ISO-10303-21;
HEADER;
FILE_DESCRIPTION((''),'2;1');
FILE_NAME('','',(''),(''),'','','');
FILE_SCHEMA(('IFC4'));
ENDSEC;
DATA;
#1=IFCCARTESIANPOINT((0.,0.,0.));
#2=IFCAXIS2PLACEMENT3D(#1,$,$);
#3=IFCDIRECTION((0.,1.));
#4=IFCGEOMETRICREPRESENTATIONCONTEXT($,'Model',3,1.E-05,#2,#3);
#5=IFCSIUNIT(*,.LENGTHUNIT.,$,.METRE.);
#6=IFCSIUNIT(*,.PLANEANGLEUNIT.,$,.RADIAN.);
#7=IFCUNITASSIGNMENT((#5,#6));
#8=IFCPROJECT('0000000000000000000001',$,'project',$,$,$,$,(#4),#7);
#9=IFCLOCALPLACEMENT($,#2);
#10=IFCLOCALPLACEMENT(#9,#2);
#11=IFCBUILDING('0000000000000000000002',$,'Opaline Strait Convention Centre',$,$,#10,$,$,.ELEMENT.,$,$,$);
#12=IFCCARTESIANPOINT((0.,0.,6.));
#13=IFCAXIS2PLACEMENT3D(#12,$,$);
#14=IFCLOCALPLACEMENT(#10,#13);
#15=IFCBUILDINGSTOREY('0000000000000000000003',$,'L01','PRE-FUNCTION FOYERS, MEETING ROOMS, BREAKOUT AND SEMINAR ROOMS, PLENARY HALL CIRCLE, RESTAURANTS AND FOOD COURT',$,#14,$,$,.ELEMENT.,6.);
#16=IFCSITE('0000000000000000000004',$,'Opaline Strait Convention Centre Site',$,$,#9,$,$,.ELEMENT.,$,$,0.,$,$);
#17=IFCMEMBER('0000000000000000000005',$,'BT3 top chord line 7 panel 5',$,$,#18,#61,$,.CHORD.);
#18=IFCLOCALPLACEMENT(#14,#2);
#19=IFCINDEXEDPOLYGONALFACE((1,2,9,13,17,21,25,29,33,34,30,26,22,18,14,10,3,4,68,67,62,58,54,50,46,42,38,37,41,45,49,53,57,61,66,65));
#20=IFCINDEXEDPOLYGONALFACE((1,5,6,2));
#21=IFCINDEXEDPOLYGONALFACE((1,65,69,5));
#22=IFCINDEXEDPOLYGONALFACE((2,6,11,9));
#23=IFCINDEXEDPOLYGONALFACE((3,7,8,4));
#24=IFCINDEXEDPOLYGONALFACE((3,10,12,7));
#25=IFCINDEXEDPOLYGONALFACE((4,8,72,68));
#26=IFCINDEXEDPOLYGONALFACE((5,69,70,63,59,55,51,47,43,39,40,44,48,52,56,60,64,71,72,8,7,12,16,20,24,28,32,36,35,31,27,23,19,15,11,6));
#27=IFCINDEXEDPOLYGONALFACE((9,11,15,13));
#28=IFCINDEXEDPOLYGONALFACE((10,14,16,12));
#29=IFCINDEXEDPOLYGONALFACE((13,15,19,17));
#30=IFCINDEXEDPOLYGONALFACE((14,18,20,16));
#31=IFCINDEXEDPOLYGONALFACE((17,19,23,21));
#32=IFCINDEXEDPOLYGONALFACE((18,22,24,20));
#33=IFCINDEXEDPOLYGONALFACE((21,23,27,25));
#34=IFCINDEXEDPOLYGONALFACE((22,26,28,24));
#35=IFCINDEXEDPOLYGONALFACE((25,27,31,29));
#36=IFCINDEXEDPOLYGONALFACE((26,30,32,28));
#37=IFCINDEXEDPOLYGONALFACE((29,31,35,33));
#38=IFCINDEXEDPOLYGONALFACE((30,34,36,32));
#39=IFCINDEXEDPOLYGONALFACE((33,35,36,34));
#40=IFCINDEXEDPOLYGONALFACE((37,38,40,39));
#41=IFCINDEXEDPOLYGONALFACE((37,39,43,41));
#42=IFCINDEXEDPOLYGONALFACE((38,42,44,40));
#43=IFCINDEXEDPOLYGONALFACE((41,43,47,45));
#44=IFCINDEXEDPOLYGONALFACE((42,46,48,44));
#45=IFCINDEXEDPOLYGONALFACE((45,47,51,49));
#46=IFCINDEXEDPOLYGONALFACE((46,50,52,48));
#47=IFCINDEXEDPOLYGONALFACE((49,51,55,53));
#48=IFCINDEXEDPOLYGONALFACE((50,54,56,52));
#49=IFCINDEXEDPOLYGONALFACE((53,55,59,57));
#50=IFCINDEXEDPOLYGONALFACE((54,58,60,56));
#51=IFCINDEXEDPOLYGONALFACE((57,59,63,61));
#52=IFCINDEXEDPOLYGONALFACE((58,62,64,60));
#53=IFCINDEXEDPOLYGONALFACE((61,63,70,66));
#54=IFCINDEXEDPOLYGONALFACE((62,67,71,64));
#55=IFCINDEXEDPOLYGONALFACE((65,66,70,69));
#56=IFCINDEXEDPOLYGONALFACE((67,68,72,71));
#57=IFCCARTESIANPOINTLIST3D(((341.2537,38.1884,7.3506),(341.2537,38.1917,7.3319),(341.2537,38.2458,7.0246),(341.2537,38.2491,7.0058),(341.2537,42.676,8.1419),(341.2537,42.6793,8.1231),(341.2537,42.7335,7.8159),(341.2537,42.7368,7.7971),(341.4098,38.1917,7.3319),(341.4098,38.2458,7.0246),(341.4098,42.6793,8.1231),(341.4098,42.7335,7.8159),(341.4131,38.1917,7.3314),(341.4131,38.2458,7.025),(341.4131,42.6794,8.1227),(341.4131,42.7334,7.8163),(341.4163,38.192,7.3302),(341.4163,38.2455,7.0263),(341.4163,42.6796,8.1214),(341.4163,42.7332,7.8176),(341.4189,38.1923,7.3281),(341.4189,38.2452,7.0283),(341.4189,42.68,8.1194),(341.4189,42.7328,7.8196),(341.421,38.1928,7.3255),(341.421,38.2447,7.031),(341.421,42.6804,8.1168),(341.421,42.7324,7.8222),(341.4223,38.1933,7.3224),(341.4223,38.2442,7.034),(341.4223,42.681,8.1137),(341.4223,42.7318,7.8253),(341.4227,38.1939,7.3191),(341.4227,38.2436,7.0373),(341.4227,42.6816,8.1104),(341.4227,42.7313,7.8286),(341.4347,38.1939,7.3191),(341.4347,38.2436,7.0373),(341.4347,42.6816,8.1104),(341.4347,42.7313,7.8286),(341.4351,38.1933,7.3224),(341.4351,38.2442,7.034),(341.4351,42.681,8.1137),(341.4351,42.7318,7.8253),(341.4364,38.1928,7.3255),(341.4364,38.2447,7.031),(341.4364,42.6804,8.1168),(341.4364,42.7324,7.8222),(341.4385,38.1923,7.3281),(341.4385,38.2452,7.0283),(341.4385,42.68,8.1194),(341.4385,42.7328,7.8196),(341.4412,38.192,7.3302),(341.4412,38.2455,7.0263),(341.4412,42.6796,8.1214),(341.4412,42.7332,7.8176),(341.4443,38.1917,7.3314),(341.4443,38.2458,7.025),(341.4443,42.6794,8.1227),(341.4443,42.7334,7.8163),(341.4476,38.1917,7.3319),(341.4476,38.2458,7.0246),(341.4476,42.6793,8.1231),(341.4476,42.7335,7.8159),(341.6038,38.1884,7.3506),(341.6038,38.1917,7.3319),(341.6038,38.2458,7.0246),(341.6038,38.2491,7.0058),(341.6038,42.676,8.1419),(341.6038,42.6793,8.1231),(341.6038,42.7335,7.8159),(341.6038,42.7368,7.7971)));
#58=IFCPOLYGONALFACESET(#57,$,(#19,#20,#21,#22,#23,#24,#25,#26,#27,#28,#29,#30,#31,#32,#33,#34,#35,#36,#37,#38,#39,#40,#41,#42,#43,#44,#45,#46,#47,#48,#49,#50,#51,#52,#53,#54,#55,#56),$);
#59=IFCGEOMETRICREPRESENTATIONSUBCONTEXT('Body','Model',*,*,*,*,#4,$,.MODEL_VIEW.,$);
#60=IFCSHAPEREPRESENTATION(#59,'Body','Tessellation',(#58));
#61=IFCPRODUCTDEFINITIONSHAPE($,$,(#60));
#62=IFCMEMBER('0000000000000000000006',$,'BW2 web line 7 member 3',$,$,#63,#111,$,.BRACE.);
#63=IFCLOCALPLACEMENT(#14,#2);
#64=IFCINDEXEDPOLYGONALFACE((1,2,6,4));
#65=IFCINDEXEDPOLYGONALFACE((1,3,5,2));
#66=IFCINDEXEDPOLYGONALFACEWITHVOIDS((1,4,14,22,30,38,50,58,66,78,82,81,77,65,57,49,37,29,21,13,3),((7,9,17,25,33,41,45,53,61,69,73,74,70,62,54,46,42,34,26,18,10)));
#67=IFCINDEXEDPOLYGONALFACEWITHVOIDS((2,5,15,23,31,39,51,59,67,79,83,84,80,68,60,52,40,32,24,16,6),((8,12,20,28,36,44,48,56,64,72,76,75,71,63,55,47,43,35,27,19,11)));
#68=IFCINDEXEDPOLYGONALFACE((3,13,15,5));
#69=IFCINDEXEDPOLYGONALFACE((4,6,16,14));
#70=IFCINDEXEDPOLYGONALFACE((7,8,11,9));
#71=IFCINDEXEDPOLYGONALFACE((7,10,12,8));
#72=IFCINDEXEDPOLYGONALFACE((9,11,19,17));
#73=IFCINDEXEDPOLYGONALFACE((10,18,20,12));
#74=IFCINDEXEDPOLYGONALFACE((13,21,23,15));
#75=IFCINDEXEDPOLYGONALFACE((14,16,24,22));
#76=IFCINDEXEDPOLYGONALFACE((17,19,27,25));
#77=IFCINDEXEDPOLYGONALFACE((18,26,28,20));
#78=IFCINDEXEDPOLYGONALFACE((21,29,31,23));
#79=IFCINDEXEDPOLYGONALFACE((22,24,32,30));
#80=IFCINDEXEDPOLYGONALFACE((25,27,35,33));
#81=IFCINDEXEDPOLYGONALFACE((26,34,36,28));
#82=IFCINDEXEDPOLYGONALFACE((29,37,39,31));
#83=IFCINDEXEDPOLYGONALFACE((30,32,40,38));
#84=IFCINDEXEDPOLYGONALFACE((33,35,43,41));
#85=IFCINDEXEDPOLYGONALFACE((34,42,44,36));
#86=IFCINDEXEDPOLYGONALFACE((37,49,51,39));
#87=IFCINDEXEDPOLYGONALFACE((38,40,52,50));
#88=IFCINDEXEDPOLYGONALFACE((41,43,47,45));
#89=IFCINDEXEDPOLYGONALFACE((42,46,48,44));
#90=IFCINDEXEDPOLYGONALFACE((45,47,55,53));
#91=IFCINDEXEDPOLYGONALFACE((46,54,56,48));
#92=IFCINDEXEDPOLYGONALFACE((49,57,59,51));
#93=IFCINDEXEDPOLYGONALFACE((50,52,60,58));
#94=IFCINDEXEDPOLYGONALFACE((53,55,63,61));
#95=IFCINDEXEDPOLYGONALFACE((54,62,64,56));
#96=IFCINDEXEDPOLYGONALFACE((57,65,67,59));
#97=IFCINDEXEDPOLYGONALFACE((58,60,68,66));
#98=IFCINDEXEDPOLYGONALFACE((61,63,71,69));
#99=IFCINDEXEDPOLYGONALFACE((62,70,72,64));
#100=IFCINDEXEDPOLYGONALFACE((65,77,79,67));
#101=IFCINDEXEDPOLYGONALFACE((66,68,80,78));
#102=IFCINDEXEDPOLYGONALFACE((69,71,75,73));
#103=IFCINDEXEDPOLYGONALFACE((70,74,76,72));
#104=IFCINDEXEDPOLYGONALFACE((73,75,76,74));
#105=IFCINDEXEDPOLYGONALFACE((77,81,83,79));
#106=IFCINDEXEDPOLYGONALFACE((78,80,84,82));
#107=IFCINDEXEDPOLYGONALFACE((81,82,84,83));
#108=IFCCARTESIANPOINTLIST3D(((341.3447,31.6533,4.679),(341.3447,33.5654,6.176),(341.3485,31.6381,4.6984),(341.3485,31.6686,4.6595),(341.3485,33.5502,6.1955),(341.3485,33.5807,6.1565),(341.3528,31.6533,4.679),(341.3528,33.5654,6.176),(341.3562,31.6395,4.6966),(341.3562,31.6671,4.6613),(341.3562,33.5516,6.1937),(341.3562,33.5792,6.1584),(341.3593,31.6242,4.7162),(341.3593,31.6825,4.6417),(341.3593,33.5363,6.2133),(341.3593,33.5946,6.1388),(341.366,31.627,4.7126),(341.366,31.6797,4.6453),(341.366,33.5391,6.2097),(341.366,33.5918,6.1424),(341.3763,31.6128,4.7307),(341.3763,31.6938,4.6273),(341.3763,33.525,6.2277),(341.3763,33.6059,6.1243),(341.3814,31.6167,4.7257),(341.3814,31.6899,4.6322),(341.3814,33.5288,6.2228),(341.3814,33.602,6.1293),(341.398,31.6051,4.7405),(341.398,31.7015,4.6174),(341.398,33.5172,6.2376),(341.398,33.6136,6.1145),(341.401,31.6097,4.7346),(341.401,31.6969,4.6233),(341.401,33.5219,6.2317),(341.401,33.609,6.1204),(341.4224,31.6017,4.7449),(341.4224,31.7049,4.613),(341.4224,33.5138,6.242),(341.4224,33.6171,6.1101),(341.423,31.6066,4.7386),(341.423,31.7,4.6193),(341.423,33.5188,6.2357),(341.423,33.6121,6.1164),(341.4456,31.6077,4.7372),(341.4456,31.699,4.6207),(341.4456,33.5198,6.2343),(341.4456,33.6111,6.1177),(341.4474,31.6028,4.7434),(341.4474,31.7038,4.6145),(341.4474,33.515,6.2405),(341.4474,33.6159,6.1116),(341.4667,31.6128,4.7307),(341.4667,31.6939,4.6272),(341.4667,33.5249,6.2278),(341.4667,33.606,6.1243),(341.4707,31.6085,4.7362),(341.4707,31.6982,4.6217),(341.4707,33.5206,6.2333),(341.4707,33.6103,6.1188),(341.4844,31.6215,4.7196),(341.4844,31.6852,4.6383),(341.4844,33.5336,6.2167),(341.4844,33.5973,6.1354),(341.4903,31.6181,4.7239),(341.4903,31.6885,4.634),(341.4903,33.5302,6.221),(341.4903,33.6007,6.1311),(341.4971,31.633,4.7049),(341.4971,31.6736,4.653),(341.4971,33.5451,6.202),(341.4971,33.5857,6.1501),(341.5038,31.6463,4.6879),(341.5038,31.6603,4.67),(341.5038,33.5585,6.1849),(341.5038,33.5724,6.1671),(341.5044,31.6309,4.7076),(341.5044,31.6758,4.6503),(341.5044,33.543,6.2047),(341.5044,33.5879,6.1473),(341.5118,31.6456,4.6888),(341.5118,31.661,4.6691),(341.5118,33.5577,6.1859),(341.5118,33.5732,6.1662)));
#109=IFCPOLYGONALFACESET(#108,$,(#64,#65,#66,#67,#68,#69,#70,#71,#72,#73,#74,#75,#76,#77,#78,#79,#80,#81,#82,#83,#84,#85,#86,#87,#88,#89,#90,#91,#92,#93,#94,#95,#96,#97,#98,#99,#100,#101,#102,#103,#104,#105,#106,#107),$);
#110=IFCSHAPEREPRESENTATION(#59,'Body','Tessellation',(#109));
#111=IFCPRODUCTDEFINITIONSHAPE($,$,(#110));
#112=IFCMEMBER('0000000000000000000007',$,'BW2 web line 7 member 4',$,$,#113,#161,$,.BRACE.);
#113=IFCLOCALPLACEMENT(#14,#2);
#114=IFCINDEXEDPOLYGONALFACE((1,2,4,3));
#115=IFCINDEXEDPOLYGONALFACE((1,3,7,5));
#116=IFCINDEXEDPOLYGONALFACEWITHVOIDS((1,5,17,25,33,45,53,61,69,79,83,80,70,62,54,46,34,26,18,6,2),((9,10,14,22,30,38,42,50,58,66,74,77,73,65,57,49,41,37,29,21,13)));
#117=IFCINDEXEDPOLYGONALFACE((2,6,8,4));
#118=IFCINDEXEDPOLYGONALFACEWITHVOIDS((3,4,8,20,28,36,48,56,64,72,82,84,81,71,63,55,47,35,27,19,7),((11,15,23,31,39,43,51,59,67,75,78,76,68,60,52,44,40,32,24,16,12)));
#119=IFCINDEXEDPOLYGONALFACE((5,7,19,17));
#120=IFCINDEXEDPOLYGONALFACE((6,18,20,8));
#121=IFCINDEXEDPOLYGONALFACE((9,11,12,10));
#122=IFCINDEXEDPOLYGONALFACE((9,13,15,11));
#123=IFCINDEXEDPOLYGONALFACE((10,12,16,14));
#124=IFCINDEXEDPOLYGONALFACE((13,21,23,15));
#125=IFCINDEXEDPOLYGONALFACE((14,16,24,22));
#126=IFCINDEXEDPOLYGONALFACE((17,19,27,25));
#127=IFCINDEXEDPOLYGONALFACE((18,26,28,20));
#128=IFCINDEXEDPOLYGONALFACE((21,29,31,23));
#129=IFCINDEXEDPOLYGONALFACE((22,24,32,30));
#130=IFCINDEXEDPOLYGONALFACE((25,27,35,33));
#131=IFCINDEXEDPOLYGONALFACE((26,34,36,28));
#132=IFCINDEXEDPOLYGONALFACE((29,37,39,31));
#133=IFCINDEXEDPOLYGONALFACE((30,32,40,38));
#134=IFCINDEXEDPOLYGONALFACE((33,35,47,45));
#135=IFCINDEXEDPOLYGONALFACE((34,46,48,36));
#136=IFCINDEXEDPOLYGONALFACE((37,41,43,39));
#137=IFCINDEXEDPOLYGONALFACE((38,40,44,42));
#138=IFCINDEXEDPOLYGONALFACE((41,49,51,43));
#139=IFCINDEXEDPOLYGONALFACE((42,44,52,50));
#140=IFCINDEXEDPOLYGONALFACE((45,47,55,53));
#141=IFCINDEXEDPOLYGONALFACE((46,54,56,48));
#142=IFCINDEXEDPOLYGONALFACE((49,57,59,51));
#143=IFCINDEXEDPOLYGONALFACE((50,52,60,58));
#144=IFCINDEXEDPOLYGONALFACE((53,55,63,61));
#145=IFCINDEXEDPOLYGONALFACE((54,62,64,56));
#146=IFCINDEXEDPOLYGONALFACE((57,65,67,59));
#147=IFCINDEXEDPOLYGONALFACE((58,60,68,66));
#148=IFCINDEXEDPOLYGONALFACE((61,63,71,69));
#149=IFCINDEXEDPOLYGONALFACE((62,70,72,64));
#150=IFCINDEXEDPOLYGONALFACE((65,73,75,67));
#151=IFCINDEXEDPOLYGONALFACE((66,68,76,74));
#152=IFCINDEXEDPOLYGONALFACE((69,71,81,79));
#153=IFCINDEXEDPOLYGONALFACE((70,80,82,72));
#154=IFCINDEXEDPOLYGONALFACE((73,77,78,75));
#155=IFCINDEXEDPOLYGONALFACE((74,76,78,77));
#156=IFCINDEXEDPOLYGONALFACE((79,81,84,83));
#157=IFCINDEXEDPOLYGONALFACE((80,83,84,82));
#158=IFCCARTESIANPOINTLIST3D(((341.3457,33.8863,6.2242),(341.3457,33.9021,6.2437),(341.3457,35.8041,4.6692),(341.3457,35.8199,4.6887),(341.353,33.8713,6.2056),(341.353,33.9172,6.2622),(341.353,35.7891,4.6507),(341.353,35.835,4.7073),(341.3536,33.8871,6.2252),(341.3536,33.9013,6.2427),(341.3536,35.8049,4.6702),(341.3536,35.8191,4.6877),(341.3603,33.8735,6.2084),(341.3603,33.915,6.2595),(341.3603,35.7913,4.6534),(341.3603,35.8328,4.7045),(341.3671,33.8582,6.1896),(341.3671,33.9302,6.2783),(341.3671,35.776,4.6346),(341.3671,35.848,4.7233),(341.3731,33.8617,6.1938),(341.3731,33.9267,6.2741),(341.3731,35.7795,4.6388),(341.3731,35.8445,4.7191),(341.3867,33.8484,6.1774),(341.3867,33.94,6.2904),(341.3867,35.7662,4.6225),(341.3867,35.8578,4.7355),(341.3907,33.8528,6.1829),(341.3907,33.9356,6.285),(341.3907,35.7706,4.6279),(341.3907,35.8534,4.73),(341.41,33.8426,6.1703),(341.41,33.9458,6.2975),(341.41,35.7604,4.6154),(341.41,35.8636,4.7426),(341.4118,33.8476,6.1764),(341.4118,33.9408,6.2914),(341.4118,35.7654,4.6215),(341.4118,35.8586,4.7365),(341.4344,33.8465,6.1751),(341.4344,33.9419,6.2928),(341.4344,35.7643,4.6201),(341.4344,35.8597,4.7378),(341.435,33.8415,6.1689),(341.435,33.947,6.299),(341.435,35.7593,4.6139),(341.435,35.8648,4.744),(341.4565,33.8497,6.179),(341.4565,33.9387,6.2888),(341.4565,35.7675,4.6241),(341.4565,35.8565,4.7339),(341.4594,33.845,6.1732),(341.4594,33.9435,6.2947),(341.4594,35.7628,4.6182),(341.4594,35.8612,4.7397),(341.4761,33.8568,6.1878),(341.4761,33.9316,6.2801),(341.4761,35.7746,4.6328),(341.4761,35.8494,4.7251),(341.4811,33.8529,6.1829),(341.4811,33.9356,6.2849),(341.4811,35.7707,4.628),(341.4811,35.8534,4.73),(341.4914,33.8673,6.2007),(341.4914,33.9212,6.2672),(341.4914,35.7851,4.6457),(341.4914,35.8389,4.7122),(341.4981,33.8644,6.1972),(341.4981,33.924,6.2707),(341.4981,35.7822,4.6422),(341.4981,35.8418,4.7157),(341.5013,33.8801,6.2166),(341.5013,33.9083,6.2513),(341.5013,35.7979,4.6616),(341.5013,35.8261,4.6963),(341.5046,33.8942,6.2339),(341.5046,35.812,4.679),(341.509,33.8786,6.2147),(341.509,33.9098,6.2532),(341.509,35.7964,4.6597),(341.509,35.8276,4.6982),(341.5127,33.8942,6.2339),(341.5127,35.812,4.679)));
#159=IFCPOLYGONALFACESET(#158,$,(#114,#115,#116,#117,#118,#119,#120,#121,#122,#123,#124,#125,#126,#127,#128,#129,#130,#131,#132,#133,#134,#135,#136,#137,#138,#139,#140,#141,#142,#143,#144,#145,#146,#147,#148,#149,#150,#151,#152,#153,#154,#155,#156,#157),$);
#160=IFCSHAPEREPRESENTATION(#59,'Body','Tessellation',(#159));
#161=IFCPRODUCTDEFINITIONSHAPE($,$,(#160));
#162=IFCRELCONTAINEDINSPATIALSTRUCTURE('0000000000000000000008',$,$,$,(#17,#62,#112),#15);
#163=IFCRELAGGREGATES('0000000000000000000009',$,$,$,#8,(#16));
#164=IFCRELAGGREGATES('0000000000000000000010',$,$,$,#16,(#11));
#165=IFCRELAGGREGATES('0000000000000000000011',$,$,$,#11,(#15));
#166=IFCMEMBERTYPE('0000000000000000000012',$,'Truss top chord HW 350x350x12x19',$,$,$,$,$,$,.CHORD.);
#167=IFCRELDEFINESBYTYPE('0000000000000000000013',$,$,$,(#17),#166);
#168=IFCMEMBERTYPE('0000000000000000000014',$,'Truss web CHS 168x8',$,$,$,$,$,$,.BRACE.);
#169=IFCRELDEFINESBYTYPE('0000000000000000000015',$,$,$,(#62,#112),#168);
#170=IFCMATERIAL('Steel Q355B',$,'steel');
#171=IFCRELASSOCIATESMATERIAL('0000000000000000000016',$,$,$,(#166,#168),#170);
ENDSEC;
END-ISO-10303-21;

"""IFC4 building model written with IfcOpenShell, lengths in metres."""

from ifc_helpers import new_model, si_unit, direction, frame, origin, origin_2d, place, context, subcontext, project, spatial, hollow_circle, i_section, extrude, material, material_profile, profile_set, type_object, element, save


model = new_model("IFC4")

# Units and contexts
model_context = context("Model", 3, precision=1e-05, world=origin(), true_north=direction((0.0, 1.0)))
body_context = subcontext(model_context, "Body", "Model", "MODEL_VIEW")
ifc_project = project(units=[si_unit("LENGTHUNIT", "METRE"), si_unit("PLANEANGLEUNIT", "RADIAN")], contexts=[model_context])

# Site, building, storey
site_placement = place(None, origin())
site = spatial("IfcSite", under=ifc_project, at=site_placement, Name="Opaline Strait Convention Centre Site", CompositionType="ELEMENT", RefElevation=0.0)
building_placement = place(site_placement, origin())
building = spatial("IfcBuilding", under=site, at=building_placement, Name="Opaline Strait Convention Centre", CompositionType="ELEMENT")
storey_placement = place(building_placement, frame((0.0, 0.0, 6.0)))
storey = spatial("IfcBuildingStorey", under=building, at=storey_placement, Name="L01", Description="PRE-FUNCTION FOYERS, MEETING ROOMS, BREAKOUT AND SEMINAR ROOMS, PLENARY HALL CIRCLE, RESTAURANTS AND FOOD COURT", CompositionType="ELEMENT", Elevation=6.0)

# Members
ifc_material_1 = material(Name="Steel Q355B", Category="steel")
ifc_material_profile_1 = material_profile(ifc_material_1, i_section(OverallWidth=0.3501, OverallDepth=0.3501, WebThickness=0.012, FlangeThickness=0.019, FilletRadius=0.0129, at=origin_2d()), Name="HW 350x350x12x19")
ifc_profile_set_1 = profile_set([ifc_material_profile_1], Name="Steel Q355B")
member_type_1 = type_object("IfcMemberType", Name="Truss top chord HW 350x350x12x19", PredefinedType="CHORD", material=ifc_profile_set_1)
member_1_placement = place(storey_placement, frame((341.4287, 38.2188, 7.1782), z_axis=(0.0, 0.984808, 0.173645), x_axis=(-1.0, 0.0, 0.0)))
element("IfcMember", 1, at=member_1_placement, inside=storey, type_object=member_type_1, Name="BT3 top chord line 7 panel 5", PredefinedType="CHORD", context=body_context, shape_type="SweptSolid", body=[
    extrude(i_section(OverallWidth=0.3501, OverallDepth=0.3501, WebThickness=0.012, FlangeThickness=0.019, FilletRadius=0.0129, at=origin_2d()), origin(), (0.0, 0.0, 1.0), 4.5569),
])
ifc_material_profile_2 = material_profile(ifc_material_1, hollow_circle(Radius=0.084, WallThickness=0.0081, at=origin_2d()), Name="CHS 168x8")
ifc_profile_set_2 = profile_set([ifc_material_profile_2], Name="Steel Q355B")
member_type_2 = type_object("IfcMemberType", Name="Truss web CHS 168x8", PredefinedType="BRACE", material=ifc_profile_set_2)
member_2_placement = place(storey_placement, frame((341.4287, 31.6533, 4.679), z_axis=(0.0, 0.787378, 0.616471), x_axis=(-1.0, 0.0, 0.0)))
element("IfcMember", 2, at=member_2_placement, inside=storey, type_object=member_type_2, Name="BW2 web line 7 member 3", PredefinedType="BRACE", context=body_context, shape_type="SweptSolid", body=[
    extrude(hollow_circle(Radius=0.084, WallThickness=0.0081, at=origin_2d()), origin(), (0.0, 0.0, 1.0), 2.4285),
])
member_3_placement = place(storey_placement, frame((341.4287, 35.812, 4.679), z_axis=(0.0, -0.776752, 0.629807), x_axis=(1.0, 0.0, 0.0)))
element("IfcMember", 3, at=member_3_placement, inside=storey, type_object=member_type_2, Name="BW2 web line 7 member 4", PredefinedType="BRACE", context=body_context, shape_type="SweptSolid", body=[
    extrude(hollow_circle(Radius=0.084, WallThickness=0.0081, at=origin_2d()), origin(), (0.0, 0.0, 1.0), 2.469),
])

save(model, "model.ifc")
